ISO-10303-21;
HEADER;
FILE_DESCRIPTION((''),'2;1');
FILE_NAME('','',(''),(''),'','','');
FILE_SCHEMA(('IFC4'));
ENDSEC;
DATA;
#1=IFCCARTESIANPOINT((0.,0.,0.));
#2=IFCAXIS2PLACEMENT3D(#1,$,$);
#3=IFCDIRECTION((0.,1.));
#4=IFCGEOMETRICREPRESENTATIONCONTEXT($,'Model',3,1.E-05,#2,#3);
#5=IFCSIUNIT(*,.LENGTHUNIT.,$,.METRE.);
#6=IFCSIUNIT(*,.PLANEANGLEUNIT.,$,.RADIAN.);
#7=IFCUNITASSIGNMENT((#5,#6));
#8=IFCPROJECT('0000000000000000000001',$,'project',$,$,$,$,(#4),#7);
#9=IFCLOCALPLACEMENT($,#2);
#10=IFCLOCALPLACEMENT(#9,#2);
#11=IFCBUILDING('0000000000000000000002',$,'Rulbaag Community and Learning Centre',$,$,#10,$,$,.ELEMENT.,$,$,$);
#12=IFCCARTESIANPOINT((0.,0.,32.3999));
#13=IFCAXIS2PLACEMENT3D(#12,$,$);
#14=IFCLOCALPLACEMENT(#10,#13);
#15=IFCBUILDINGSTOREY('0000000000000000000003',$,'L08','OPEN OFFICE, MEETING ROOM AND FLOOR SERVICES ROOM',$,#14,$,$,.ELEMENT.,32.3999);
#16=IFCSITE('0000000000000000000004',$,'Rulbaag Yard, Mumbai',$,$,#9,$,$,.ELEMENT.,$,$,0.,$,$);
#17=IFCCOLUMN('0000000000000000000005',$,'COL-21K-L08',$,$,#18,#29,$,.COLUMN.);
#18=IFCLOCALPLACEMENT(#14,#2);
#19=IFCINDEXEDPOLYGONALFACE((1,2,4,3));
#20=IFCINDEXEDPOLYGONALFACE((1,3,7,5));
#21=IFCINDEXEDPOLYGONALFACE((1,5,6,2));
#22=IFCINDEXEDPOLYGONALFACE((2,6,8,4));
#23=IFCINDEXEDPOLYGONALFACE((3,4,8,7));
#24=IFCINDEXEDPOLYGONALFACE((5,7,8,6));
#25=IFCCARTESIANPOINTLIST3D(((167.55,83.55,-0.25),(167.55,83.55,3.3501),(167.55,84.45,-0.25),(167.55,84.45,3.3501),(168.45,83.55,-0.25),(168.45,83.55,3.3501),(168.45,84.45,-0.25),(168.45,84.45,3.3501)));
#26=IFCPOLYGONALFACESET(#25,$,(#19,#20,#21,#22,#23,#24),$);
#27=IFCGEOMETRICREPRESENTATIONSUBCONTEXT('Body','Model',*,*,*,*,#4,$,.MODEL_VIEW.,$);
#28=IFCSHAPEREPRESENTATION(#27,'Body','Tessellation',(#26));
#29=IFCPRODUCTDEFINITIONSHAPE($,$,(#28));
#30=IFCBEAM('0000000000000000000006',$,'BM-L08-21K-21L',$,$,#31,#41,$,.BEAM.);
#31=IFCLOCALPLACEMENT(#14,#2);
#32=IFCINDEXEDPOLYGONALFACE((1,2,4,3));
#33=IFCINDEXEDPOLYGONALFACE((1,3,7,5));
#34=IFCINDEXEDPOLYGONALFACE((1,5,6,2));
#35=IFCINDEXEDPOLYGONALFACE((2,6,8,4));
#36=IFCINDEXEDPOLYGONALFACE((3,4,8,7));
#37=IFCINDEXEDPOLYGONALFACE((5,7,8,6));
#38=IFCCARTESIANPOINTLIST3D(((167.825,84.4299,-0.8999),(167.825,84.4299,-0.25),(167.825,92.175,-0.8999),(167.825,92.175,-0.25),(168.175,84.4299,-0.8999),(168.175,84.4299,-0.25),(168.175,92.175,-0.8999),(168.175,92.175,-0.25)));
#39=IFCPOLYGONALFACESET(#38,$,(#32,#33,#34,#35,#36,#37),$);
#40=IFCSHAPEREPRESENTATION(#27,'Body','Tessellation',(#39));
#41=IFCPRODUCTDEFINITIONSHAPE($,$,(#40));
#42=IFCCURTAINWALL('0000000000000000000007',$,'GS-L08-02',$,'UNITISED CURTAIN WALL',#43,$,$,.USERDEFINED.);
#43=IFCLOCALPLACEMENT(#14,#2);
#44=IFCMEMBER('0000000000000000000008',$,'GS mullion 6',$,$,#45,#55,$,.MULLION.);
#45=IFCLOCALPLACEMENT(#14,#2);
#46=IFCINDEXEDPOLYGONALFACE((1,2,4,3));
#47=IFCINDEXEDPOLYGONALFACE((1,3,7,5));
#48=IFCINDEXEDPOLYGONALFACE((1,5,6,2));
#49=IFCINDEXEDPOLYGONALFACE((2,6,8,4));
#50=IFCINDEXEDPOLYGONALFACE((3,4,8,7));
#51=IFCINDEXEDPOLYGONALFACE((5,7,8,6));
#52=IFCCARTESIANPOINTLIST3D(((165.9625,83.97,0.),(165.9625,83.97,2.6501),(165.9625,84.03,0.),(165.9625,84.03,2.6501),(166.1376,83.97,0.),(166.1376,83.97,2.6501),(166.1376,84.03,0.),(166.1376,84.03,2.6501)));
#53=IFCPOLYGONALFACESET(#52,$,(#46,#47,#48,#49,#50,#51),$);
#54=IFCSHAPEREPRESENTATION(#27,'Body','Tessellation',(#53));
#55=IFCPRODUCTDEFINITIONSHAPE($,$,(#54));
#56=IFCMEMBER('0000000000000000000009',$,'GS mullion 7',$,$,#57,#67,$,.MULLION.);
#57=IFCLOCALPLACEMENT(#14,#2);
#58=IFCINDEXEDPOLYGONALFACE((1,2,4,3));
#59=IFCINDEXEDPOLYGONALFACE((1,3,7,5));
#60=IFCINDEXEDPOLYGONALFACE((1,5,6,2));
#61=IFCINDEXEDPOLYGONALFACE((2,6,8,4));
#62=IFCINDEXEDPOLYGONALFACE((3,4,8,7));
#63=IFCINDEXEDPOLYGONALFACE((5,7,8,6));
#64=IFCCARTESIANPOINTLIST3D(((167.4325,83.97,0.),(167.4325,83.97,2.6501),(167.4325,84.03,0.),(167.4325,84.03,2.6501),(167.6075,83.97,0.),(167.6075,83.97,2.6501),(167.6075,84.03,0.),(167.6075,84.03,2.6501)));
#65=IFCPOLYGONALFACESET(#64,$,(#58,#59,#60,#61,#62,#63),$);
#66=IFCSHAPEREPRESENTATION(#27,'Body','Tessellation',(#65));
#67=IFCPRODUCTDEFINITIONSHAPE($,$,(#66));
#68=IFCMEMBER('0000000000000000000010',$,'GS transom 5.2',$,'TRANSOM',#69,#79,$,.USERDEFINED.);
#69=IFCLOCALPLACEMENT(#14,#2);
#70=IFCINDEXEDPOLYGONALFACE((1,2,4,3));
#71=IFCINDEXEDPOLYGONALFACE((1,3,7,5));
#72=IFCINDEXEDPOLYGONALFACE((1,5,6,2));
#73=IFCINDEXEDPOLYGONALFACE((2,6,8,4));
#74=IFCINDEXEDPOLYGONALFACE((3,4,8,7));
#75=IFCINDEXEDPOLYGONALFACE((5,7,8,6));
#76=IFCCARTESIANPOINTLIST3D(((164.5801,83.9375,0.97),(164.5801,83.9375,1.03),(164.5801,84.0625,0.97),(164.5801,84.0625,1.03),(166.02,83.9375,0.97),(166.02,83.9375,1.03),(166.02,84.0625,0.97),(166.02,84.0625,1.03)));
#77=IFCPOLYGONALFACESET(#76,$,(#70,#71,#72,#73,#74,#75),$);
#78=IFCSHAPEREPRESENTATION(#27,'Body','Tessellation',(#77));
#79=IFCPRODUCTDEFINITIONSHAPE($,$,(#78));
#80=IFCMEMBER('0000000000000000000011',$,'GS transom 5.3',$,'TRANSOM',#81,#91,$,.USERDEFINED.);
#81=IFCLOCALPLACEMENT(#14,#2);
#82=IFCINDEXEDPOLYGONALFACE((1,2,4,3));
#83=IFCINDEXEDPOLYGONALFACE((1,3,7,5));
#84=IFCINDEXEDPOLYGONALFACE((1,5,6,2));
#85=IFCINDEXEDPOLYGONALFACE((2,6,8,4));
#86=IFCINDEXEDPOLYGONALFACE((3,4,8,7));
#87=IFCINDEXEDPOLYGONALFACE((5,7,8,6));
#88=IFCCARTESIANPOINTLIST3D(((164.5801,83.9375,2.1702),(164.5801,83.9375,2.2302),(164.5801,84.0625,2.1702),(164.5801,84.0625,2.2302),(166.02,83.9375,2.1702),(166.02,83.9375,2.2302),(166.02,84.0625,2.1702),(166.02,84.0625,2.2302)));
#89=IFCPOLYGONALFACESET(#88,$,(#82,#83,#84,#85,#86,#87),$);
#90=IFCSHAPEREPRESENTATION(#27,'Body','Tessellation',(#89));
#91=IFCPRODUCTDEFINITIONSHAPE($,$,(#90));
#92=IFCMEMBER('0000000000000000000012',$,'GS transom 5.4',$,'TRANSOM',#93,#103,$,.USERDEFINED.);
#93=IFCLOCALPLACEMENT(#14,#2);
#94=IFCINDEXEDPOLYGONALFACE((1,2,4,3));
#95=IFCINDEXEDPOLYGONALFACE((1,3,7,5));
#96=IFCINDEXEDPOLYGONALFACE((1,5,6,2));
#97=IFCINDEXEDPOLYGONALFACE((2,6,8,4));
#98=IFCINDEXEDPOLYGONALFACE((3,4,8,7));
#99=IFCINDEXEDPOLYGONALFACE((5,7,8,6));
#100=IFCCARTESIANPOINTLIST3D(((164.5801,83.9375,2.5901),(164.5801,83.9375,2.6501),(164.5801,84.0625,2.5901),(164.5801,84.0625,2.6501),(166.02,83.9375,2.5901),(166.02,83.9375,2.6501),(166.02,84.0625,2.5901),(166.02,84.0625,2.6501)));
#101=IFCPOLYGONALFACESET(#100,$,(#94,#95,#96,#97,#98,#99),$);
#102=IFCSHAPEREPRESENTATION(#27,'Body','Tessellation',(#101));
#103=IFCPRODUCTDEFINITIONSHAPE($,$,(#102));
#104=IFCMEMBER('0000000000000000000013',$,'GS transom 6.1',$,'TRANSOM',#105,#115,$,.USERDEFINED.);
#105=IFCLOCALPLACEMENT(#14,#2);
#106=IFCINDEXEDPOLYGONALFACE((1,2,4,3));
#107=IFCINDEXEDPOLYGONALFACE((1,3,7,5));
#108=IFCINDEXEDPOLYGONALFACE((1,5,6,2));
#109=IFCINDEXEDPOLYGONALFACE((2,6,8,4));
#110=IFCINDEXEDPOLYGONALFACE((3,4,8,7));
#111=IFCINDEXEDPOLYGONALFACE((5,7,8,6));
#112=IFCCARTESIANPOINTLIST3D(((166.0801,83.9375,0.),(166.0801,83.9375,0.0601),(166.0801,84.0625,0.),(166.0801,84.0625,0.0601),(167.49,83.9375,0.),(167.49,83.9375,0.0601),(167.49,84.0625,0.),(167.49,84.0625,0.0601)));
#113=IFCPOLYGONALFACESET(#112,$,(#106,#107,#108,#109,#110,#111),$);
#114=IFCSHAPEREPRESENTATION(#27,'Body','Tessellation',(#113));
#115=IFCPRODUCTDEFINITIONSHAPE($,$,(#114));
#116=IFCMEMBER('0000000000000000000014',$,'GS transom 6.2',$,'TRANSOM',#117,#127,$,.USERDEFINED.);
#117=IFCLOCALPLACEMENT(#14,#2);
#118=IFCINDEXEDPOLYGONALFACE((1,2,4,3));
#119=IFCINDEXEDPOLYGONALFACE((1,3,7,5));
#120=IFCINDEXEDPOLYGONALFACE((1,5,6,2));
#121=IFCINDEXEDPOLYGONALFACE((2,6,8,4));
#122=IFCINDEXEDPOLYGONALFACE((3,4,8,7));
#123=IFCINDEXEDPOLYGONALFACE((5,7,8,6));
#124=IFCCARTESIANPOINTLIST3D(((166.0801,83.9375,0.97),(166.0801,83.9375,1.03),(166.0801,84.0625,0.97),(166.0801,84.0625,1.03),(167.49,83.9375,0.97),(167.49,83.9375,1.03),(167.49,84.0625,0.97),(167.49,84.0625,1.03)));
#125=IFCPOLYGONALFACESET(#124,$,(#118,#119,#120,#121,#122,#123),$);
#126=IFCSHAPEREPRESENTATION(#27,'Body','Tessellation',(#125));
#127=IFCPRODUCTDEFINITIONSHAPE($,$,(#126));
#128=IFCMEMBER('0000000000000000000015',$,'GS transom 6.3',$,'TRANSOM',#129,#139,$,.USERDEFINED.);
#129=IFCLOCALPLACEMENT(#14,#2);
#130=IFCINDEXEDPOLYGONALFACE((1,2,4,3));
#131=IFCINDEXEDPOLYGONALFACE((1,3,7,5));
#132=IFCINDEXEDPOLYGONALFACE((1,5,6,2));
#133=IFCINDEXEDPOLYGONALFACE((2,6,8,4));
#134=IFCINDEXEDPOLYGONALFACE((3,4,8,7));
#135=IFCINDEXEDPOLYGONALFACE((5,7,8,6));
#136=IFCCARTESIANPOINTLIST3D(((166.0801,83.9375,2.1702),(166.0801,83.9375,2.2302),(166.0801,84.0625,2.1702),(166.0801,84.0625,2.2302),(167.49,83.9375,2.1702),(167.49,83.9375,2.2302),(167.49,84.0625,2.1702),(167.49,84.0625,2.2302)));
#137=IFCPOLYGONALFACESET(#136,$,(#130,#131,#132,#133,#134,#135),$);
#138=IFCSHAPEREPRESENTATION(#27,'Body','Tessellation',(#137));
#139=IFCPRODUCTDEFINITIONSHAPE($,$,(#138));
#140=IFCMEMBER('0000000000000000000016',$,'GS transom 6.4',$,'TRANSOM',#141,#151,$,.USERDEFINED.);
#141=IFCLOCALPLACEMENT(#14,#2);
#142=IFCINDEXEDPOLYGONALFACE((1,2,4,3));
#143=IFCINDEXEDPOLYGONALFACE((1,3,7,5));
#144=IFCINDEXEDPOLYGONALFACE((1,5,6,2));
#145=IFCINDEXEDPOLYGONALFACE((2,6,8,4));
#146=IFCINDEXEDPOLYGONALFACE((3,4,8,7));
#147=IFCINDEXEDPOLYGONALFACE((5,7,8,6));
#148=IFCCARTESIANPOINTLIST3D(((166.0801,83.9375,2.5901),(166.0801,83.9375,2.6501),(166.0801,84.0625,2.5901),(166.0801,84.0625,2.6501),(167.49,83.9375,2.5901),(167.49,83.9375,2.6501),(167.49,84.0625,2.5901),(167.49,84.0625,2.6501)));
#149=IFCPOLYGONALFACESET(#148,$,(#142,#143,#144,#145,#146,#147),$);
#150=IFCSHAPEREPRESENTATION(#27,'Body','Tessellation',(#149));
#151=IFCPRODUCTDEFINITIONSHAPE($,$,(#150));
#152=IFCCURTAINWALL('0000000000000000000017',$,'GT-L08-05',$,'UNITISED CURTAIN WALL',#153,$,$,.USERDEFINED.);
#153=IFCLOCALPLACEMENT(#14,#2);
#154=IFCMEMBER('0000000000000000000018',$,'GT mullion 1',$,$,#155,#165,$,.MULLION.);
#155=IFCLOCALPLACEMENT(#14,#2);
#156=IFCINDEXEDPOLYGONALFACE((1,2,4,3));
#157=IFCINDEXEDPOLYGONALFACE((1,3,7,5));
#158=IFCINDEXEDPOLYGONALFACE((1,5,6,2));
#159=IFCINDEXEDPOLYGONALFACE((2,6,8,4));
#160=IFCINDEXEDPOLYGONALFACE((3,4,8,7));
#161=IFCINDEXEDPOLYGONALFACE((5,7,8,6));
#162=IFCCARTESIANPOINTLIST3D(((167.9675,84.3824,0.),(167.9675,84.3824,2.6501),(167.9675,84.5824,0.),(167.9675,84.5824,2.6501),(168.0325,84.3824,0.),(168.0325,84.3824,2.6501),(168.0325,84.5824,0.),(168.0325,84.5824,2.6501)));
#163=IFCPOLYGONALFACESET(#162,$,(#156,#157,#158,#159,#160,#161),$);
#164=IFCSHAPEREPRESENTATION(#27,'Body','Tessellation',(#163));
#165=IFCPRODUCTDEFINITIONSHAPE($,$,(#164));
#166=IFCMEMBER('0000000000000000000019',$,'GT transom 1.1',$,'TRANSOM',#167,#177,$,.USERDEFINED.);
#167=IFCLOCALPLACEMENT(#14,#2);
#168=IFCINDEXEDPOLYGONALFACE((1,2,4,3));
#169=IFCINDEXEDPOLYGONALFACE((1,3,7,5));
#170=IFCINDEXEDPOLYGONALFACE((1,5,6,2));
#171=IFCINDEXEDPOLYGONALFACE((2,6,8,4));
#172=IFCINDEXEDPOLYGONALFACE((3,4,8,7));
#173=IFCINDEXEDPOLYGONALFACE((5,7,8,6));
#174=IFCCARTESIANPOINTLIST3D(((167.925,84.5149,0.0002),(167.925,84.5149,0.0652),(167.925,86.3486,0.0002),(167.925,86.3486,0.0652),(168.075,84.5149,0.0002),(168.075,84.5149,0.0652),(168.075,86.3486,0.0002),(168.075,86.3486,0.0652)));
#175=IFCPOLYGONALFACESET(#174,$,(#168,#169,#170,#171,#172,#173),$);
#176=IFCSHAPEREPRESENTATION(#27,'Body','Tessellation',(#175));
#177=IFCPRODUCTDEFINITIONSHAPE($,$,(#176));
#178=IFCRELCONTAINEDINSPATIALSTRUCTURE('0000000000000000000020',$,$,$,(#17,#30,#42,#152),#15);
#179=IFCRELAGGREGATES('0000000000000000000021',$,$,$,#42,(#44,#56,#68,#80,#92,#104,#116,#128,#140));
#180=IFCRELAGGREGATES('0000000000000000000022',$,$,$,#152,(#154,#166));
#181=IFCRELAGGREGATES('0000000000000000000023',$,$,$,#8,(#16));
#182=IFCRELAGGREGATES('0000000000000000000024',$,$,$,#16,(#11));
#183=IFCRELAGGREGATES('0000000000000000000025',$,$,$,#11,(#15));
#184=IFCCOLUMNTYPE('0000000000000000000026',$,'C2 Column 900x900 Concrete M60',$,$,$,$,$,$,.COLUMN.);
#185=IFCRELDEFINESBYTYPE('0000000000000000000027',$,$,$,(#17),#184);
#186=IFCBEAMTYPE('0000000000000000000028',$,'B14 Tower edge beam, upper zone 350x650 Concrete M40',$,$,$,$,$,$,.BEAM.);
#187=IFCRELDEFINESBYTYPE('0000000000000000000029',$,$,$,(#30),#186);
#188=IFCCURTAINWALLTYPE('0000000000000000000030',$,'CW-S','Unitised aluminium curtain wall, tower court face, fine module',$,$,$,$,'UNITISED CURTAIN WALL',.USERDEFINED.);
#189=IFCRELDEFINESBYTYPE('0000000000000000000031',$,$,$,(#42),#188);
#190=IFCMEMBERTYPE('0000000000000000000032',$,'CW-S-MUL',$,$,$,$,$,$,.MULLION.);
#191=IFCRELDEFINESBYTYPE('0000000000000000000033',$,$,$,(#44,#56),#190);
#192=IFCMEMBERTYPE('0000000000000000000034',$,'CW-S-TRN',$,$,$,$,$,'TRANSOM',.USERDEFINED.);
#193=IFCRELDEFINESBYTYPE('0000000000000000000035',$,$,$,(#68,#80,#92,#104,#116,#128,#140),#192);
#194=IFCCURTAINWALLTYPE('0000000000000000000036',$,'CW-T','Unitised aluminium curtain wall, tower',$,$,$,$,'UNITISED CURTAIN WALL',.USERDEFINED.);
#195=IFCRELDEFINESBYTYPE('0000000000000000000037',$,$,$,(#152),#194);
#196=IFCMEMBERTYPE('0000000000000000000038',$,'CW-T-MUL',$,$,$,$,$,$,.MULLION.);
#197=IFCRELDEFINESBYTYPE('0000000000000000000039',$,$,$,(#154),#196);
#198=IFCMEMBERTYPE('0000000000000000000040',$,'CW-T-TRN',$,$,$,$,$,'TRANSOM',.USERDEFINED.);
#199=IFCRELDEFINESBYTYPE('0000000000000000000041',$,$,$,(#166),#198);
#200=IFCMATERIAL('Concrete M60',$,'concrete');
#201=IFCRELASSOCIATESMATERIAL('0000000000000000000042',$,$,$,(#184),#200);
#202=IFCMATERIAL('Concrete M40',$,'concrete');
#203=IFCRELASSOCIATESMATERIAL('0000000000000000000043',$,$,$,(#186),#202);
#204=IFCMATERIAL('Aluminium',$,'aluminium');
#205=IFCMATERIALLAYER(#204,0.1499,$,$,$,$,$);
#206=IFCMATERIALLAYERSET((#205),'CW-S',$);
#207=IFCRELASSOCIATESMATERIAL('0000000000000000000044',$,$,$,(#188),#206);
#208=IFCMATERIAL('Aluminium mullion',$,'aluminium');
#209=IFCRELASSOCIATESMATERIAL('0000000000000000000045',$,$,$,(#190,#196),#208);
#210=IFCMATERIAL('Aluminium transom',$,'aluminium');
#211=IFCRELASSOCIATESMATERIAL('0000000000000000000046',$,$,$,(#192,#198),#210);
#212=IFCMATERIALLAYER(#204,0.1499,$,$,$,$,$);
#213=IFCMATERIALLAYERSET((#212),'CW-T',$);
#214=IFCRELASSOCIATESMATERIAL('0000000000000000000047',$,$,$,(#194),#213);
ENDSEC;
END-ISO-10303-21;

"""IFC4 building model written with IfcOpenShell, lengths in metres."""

from ifc_helpers import new_model, si_unit, direction, frame, origin, origin_2d, place, context, subcontext, project, spatial, rectangle, extrude, material, layer, layer_set, material_profile, profile_set, type_object, element, aggregate, save


model = new_model("IFC4")

# Units and contexts
model_context = context("Model", 3, precision=1e-05, world=origin(), true_north=direction((0.0, 1.0)))
body_context = subcontext(model_context, "Body", "Model", "MODEL_VIEW")
ifc_project = project(units=[si_unit("LENGTHUNIT", "METRE"), si_unit("PLANEANGLEUNIT", "RADIAN")], contexts=[model_context])

# Site, building, storey
site_placement = place(None, origin())
site = spatial("IfcSite", under=ifc_project, at=site_placement, Name="Rulbaag Yard, Mumbai", CompositionType="ELEMENT", RefElevation=0.0)
building_placement = place(site_placement, origin())
building = spatial("IfcBuilding", under=site, at=building_placement, Name="Rulbaag Community and Learning Centre", CompositionType="ELEMENT")
storey_placement = place(building_placement, frame((0.0, 0.0, 32.3999)))
storey = spatial("IfcBuildingStorey", under=building, at=storey_placement, Name="L08", Description="OPEN OFFICE, MEETING ROOM AND FLOOR SERVICES ROOM", CompositionType="ELEMENT", Elevation=32.3999)

# Column
ifc_material_1 = material(Name="Concrete M60", Category="concrete")
ifc_material_profile_1 = material_profile(ifc_material_1, rectangle(XDim=0.8999, YDim=0.8999, at=origin_2d()), Name="RC900x900")
ifc_profile_set_1 = profile_set([ifc_material_profile_1], Name="Concrete M60")
column_type = type_object("IfcColumnType", Name="C2 Column 900x900 Concrete M60", PredefinedType="COLUMN", material=ifc_profile_set_1)
column_placement = place(storey_placement, frame((168.0, 84.0, -0.25), z_axis=(0.0, 0.0, 1.0), x_axis=(1.0, 0.0, 0.0)))
element("IfcColumn", 1, at=column_placement, inside=storey, type_object=column_type, Name="COL-21K-L08", PredefinedType="COLUMN", context=body_context, shape_type="SweptSolid", body=[
    extrude(rectangle(XDim=0.8999, YDim=0.8999, at=origin_2d()), origin(), (0.0, 0.0, 1.0), 3.6001),
])

# Beam
ifc_material_2 = material(Name="Concrete M40", Category="concrete")
ifc_material_profile_2 = material_profile(ifc_material_2, rectangle(XDim=0.3501, YDim=0.6499, at=origin_2d()), Name="RB350x650")
ifc_profile_set_2 = profile_set([ifc_material_profile_2], Name="Concrete M40")
beam_type = type_object("IfcBeamType", Name="B14 Tower edge beam, upper zone 350x650 Concrete M40", PredefinedType="BEAM", material=ifc_profile_set_2)
beam_placement = place(storey_placement, frame((168.0, 84.4299, -0.575), z_axis=(0.0, 1.0, 0.0), x_axis=(-1.0, 0.0, 0.0)))
element("IfcBeam", 2, at=beam_placement, inside=storey, type_object=beam_type, Name="BM-L08-21K-21L", PredefinedType="BEAM", context=body_context, shape_type="SweptSolid", body=[
    extrude(rectangle(XDim=0.3501, YDim=0.6499, at=origin_2d()), origin(), (0.0, 0.0, 1.0), 7.7451),
])

# Curtain walls, members
ifc_material_3 = material(Name="Aluminium", Category="aluminium")
ifc_layer_1 = layer(ifc_material_3, 0.1499)
ifc_layer_set_1 = layer_set([ifc_layer_1], Name="CW-S")
curtain_wall_type_1 = type_object("IfcCurtainWallType", Name="CW-S", Description="Unitised aluminium curtain wall, tower court face, fine module", ElementType="UNITISED CURTAIN WALL", PredefinedType="USERDEFINED", material=ifc_layer_set_1)
curtain_wall_1_placement = place(storey_placement, origin())
curtain_wall_1 = element("IfcCurtainWall", 3, at=curtain_wall_1_placement, inside=storey, type_object=curtain_wall_type_1, Name="GS-L08-02", ObjectType="UNITISED CURTAIN WALL", PredefinedType="USERDEFINED")
ifc_material_4 = material(Name="Aluminium mullion", Category="aluminium")
ifc_material_profile_3 = material_profile(ifc_material_4, rectangle(XDim=0.0601, YDim=0.175, at=origin_2d()), Name="AL 60x175")
ifc_profile_set_3 = profile_set([ifc_material_profile_3], Name="Aluminium mullion")
member_type_1 = type_object("IfcMemberType", Name="CW-S-MUL", PredefinedType="MULLION", material=ifc_profile_set_3)
member_1_placement = place(storey_placement, frame((166.05, 84.0, 0.0), z_axis=(0.0, 0.0, 1.0), x_axis=(0.0, 1.0, 0.0)))
member_1 = element("IfcMember", 4, at=member_1_placement, type_object=member_type_1, Name="GS mullion 6", PredefinedType="MULLION", context=body_context, shape_type="SweptSolid", body=[
    extrude(rectangle(XDim=0.0601, YDim=0.175, at=origin_2d()), origin(), (0.0, 0.0, 1.0), 2.6501),
])
member_2_placement = place(storey_placement, frame((167.52, 84.0, 0.0), z_axis=(0.0, 0.0, 1.0), x_axis=(0.0, 1.0, 0.0)))
member_2 = element("IfcMember", 5, at=member_2_placement, type_object=member_type_1, Name="GS mullion 7", PredefinedType="MULLION", context=body_context, shape_type="SweptSolid", body=[
    extrude(rectangle(XDim=0.0601, YDim=0.175, at=origin_2d()), origin(), (0.0, 0.0, 1.0), 2.6501),
])
ifc_material_5 = material(Name="Aluminium transom", Category="aluminium")
ifc_material_profile_4 = material_profile(ifc_material_5, rectangle(XDim=0.125, YDim=0.0601, at=origin_2d()), Name="AL 60x125 T")
ifc_profile_set_4 = profile_set([ifc_material_profile_4], Name="Aluminium transom")
member_type_2 = type_object("IfcMemberType", Name="CW-S-TRN", ElementType="TRANSOM", PredefinedType="USERDEFINED", material=ifc_profile_set_4)
member_3_placement = place(storey_placement, frame((164.5801, 84.0, 1.0), z_axis=(1.0, 0.0, 0.0), x_axis=(0.0, 1.0, 0.0)))
member_3 = element("IfcMember", 6, at=member_3_placement, type_object=member_type_2, Name="GS transom 5.2", ObjectType="TRANSOM", PredefinedType="USERDEFINED", context=body_context, shape_type="SweptSolid", body=[
    extrude(rectangle(XDim=0.125, YDim=0.0601, at=origin_2d()), origin(), (0.0, 0.0, 1.0), 1.4399),
])
member_4_placement = place(storey_placement, frame((164.5801, 84.0, 2.2002), z_axis=(1.0, 0.0, 0.0), x_axis=(0.0, 1.0, 0.0)))
member_4 = element("IfcMember", 7, at=member_4_placement, type_object=member_type_2, Name="GS transom 5.3", ObjectType="TRANSOM", PredefinedType="USERDEFINED", context=body_context, shape_type="SweptSolid", body=[
    extrude(rectangle(XDim=0.125, YDim=0.0601, at=origin_2d()), origin(), (0.0, 0.0, 1.0), 1.4399),
])
member_5_placement = place(storey_placement, frame((164.5801, 84.0, 2.6201), z_axis=(1.0, 0.0, 0.0), x_axis=(0.0, 1.0, 0.0)))
member_5 = element("IfcMember", 8, at=member_5_placement, type_object=member_type_2, Name="GS transom 5.4", ObjectType="TRANSOM", PredefinedType="USERDEFINED", context=body_context, shape_type="SweptSolid", body=[
    extrude(rectangle(XDim=0.125, YDim=0.0601, at=origin_2d()), origin(), (0.0, 0.0, 1.0), 1.4399),
])
member_6_placement = place(storey_placement, frame((166.0801, 84.0, 0.03), z_axis=(1.0, 0.0, 0.0), x_axis=(0.0, 1.0, 0.0)))
member_6 = element("IfcMember", 9, at=member_6_placement, type_object=member_type_2, Name="GS transom 6.1", ObjectType="TRANSOM", PredefinedType="USERDEFINED", context=body_context, shape_type="SweptSolid", body=[
    extrude(rectangle(XDim=0.125, YDim=0.0601, at=origin_2d()), origin(), (0.0, 0.0, 1.0), 1.4099),
])
member_7_placement = place(storey_placement, frame((166.0801, 84.0, 1.0), z_axis=(1.0, 0.0, 0.0), x_axis=(0.0, 1.0, 0.0)))
member_7 = element("IfcMember", 10, at=member_7_placement, type_object=member_type_2, Name="GS transom 6.2", ObjectType="TRANSOM", PredefinedType="USERDEFINED", context=body_context, shape_type="SweptSolid", body=[
    extrude(rectangle(XDim=0.125, YDim=0.0601, at=origin_2d()), origin(), (0.0, 0.0, 1.0), 1.4099),
])
member_8_placement = place(storey_placement, frame((166.0801, 84.0, 2.2002), z_axis=(1.0, 0.0, 0.0), x_axis=(0.0, 1.0, 0.0)))
member_8 = element("IfcMember", 11, at=member_8_placement, type_object=member_type_2, Name="GS transom 6.3", ObjectType="TRANSOM", PredefinedType="USERDEFINED", context=body_context, shape_type="SweptSolid", body=[
    extrude(rectangle(XDim=0.125, YDim=0.0601, at=origin_2d()), origin(), (0.0, 0.0, 1.0), 1.4099),
])
member_9_placement = place(storey_placement, frame((166.0801, 84.0, 2.6201), z_axis=(1.0, 0.0, 0.0), x_axis=(0.0, 1.0, 0.0)))
member_9 = element("IfcMember", 12, at=member_9_placement, type_object=member_type_2, Name="GS transom 6.4", ObjectType="TRANSOM", PredefinedType="USERDEFINED", context=body_context, shape_type="SweptSolid", body=[
    extrude(rectangle(XDim=0.125, YDim=0.0601, at=origin_2d()), origin(), (0.0, 0.0, 1.0), 1.4099),
])
ifc_layer_2 = layer(ifc_material_3, 0.1499)
ifc_layer_set_2 = layer_set([ifc_layer_2], Name="CW-T")
curtain_wall_type_2 = type_object("IfcCurtainWallType", Name="CW-T", Description="Unitised aluminium curtain wall, tower", ElementType="UNITISED CURTAIN WALL", PredefinedType="USERDEFINED", material=ifc_layer_set_2)
curtain_wall_2_placement = place(storey_placement, origin())
curtain_wall_2 = element("IfcCurtainWall", 13, at=curtain_wall_2_placement, inside=storey, type_object=curtain_wall_type_2, Name="GT-L08-05", ObjectType="UNITISED CURTAIN WALL", PredefinedType="USERDEFINED")
ifc_material_profile_5 = material_profile(ifc_material_4, rectangle(XDim=0.0649, YDim=0.2, at=origin_2d()), Name="AL 65x200")
ifc_profile_set_5 = profile_set([ifc_material_profile_5], Name="Aluminium mullion")
member_type_3 = type_object("IfcMemberType", Name="CW-T-MUL", PredefinedType="MULLION", material=ifc_profile_set_5)
member_10_placement = place(storey_placement, frame((168.0, 84.4824, 0.0), z_axis=(0.0, 0.0, 1.0), x_axis=(-1.0, 0.0, 0.0)))
member_10 = element("IfcMember", 14, at=member_10_placement, type_object=member_type_3, Name="GT mullion 1", PredefinedType="MULLION", context=body_context, shape_type="SweptSolid", body=[
    extrude(rectangle(XDim=0.0649, YDim=0.2, at=origin_2d()), origin(), (0.0, 0.0, 1.0), 2.6501),
])
ifc_material_profile_6 = material_profile(ifc_material_5, rectangle(XDim=0.1499, YDim=0.0649, at=origin_2d()), Name="AL 65x150 T")
ifc_profile_set_6 = profile_set([ifc_material_profile_6], Name="Aluminium transom")
member_type_4 = type_object("IfcMemberType", Name="CW-T-TRN", ElementType="TRANSOM", PredefinedType="USERDEFINED", material=ifc_profile_set_6)
member_11_placement = place(storey_placement, frame((168.0, 84.5149, 0.0327), z_axis=(0.0, 1.0, 0.0), x_axis=(-1.0, 0.0, 0.0)))
member_11 = element("IfcMember", 15, at=member_11_placement, type_object=member_type_4, Name="GT transom 1.1", ObjectType="TRANSOM", PredefinedType="USERDEFINED", context=body_context, shape_type="SweptSolid", body=[
    extrude(rectangle(XDim=0.1499, YDim=0.0649, at=origin_2d()), origin(), (0.0, 0.0, 1.0), 1.8337),
])

aggregate(curtain_wall_1, [member_1, member_2, member_3, member_4, member_5, member_6, member_7, member_8, member_9])
aggregate(curtain_wall_2, [member_10, member_11])

save(model, "model.ifc")
